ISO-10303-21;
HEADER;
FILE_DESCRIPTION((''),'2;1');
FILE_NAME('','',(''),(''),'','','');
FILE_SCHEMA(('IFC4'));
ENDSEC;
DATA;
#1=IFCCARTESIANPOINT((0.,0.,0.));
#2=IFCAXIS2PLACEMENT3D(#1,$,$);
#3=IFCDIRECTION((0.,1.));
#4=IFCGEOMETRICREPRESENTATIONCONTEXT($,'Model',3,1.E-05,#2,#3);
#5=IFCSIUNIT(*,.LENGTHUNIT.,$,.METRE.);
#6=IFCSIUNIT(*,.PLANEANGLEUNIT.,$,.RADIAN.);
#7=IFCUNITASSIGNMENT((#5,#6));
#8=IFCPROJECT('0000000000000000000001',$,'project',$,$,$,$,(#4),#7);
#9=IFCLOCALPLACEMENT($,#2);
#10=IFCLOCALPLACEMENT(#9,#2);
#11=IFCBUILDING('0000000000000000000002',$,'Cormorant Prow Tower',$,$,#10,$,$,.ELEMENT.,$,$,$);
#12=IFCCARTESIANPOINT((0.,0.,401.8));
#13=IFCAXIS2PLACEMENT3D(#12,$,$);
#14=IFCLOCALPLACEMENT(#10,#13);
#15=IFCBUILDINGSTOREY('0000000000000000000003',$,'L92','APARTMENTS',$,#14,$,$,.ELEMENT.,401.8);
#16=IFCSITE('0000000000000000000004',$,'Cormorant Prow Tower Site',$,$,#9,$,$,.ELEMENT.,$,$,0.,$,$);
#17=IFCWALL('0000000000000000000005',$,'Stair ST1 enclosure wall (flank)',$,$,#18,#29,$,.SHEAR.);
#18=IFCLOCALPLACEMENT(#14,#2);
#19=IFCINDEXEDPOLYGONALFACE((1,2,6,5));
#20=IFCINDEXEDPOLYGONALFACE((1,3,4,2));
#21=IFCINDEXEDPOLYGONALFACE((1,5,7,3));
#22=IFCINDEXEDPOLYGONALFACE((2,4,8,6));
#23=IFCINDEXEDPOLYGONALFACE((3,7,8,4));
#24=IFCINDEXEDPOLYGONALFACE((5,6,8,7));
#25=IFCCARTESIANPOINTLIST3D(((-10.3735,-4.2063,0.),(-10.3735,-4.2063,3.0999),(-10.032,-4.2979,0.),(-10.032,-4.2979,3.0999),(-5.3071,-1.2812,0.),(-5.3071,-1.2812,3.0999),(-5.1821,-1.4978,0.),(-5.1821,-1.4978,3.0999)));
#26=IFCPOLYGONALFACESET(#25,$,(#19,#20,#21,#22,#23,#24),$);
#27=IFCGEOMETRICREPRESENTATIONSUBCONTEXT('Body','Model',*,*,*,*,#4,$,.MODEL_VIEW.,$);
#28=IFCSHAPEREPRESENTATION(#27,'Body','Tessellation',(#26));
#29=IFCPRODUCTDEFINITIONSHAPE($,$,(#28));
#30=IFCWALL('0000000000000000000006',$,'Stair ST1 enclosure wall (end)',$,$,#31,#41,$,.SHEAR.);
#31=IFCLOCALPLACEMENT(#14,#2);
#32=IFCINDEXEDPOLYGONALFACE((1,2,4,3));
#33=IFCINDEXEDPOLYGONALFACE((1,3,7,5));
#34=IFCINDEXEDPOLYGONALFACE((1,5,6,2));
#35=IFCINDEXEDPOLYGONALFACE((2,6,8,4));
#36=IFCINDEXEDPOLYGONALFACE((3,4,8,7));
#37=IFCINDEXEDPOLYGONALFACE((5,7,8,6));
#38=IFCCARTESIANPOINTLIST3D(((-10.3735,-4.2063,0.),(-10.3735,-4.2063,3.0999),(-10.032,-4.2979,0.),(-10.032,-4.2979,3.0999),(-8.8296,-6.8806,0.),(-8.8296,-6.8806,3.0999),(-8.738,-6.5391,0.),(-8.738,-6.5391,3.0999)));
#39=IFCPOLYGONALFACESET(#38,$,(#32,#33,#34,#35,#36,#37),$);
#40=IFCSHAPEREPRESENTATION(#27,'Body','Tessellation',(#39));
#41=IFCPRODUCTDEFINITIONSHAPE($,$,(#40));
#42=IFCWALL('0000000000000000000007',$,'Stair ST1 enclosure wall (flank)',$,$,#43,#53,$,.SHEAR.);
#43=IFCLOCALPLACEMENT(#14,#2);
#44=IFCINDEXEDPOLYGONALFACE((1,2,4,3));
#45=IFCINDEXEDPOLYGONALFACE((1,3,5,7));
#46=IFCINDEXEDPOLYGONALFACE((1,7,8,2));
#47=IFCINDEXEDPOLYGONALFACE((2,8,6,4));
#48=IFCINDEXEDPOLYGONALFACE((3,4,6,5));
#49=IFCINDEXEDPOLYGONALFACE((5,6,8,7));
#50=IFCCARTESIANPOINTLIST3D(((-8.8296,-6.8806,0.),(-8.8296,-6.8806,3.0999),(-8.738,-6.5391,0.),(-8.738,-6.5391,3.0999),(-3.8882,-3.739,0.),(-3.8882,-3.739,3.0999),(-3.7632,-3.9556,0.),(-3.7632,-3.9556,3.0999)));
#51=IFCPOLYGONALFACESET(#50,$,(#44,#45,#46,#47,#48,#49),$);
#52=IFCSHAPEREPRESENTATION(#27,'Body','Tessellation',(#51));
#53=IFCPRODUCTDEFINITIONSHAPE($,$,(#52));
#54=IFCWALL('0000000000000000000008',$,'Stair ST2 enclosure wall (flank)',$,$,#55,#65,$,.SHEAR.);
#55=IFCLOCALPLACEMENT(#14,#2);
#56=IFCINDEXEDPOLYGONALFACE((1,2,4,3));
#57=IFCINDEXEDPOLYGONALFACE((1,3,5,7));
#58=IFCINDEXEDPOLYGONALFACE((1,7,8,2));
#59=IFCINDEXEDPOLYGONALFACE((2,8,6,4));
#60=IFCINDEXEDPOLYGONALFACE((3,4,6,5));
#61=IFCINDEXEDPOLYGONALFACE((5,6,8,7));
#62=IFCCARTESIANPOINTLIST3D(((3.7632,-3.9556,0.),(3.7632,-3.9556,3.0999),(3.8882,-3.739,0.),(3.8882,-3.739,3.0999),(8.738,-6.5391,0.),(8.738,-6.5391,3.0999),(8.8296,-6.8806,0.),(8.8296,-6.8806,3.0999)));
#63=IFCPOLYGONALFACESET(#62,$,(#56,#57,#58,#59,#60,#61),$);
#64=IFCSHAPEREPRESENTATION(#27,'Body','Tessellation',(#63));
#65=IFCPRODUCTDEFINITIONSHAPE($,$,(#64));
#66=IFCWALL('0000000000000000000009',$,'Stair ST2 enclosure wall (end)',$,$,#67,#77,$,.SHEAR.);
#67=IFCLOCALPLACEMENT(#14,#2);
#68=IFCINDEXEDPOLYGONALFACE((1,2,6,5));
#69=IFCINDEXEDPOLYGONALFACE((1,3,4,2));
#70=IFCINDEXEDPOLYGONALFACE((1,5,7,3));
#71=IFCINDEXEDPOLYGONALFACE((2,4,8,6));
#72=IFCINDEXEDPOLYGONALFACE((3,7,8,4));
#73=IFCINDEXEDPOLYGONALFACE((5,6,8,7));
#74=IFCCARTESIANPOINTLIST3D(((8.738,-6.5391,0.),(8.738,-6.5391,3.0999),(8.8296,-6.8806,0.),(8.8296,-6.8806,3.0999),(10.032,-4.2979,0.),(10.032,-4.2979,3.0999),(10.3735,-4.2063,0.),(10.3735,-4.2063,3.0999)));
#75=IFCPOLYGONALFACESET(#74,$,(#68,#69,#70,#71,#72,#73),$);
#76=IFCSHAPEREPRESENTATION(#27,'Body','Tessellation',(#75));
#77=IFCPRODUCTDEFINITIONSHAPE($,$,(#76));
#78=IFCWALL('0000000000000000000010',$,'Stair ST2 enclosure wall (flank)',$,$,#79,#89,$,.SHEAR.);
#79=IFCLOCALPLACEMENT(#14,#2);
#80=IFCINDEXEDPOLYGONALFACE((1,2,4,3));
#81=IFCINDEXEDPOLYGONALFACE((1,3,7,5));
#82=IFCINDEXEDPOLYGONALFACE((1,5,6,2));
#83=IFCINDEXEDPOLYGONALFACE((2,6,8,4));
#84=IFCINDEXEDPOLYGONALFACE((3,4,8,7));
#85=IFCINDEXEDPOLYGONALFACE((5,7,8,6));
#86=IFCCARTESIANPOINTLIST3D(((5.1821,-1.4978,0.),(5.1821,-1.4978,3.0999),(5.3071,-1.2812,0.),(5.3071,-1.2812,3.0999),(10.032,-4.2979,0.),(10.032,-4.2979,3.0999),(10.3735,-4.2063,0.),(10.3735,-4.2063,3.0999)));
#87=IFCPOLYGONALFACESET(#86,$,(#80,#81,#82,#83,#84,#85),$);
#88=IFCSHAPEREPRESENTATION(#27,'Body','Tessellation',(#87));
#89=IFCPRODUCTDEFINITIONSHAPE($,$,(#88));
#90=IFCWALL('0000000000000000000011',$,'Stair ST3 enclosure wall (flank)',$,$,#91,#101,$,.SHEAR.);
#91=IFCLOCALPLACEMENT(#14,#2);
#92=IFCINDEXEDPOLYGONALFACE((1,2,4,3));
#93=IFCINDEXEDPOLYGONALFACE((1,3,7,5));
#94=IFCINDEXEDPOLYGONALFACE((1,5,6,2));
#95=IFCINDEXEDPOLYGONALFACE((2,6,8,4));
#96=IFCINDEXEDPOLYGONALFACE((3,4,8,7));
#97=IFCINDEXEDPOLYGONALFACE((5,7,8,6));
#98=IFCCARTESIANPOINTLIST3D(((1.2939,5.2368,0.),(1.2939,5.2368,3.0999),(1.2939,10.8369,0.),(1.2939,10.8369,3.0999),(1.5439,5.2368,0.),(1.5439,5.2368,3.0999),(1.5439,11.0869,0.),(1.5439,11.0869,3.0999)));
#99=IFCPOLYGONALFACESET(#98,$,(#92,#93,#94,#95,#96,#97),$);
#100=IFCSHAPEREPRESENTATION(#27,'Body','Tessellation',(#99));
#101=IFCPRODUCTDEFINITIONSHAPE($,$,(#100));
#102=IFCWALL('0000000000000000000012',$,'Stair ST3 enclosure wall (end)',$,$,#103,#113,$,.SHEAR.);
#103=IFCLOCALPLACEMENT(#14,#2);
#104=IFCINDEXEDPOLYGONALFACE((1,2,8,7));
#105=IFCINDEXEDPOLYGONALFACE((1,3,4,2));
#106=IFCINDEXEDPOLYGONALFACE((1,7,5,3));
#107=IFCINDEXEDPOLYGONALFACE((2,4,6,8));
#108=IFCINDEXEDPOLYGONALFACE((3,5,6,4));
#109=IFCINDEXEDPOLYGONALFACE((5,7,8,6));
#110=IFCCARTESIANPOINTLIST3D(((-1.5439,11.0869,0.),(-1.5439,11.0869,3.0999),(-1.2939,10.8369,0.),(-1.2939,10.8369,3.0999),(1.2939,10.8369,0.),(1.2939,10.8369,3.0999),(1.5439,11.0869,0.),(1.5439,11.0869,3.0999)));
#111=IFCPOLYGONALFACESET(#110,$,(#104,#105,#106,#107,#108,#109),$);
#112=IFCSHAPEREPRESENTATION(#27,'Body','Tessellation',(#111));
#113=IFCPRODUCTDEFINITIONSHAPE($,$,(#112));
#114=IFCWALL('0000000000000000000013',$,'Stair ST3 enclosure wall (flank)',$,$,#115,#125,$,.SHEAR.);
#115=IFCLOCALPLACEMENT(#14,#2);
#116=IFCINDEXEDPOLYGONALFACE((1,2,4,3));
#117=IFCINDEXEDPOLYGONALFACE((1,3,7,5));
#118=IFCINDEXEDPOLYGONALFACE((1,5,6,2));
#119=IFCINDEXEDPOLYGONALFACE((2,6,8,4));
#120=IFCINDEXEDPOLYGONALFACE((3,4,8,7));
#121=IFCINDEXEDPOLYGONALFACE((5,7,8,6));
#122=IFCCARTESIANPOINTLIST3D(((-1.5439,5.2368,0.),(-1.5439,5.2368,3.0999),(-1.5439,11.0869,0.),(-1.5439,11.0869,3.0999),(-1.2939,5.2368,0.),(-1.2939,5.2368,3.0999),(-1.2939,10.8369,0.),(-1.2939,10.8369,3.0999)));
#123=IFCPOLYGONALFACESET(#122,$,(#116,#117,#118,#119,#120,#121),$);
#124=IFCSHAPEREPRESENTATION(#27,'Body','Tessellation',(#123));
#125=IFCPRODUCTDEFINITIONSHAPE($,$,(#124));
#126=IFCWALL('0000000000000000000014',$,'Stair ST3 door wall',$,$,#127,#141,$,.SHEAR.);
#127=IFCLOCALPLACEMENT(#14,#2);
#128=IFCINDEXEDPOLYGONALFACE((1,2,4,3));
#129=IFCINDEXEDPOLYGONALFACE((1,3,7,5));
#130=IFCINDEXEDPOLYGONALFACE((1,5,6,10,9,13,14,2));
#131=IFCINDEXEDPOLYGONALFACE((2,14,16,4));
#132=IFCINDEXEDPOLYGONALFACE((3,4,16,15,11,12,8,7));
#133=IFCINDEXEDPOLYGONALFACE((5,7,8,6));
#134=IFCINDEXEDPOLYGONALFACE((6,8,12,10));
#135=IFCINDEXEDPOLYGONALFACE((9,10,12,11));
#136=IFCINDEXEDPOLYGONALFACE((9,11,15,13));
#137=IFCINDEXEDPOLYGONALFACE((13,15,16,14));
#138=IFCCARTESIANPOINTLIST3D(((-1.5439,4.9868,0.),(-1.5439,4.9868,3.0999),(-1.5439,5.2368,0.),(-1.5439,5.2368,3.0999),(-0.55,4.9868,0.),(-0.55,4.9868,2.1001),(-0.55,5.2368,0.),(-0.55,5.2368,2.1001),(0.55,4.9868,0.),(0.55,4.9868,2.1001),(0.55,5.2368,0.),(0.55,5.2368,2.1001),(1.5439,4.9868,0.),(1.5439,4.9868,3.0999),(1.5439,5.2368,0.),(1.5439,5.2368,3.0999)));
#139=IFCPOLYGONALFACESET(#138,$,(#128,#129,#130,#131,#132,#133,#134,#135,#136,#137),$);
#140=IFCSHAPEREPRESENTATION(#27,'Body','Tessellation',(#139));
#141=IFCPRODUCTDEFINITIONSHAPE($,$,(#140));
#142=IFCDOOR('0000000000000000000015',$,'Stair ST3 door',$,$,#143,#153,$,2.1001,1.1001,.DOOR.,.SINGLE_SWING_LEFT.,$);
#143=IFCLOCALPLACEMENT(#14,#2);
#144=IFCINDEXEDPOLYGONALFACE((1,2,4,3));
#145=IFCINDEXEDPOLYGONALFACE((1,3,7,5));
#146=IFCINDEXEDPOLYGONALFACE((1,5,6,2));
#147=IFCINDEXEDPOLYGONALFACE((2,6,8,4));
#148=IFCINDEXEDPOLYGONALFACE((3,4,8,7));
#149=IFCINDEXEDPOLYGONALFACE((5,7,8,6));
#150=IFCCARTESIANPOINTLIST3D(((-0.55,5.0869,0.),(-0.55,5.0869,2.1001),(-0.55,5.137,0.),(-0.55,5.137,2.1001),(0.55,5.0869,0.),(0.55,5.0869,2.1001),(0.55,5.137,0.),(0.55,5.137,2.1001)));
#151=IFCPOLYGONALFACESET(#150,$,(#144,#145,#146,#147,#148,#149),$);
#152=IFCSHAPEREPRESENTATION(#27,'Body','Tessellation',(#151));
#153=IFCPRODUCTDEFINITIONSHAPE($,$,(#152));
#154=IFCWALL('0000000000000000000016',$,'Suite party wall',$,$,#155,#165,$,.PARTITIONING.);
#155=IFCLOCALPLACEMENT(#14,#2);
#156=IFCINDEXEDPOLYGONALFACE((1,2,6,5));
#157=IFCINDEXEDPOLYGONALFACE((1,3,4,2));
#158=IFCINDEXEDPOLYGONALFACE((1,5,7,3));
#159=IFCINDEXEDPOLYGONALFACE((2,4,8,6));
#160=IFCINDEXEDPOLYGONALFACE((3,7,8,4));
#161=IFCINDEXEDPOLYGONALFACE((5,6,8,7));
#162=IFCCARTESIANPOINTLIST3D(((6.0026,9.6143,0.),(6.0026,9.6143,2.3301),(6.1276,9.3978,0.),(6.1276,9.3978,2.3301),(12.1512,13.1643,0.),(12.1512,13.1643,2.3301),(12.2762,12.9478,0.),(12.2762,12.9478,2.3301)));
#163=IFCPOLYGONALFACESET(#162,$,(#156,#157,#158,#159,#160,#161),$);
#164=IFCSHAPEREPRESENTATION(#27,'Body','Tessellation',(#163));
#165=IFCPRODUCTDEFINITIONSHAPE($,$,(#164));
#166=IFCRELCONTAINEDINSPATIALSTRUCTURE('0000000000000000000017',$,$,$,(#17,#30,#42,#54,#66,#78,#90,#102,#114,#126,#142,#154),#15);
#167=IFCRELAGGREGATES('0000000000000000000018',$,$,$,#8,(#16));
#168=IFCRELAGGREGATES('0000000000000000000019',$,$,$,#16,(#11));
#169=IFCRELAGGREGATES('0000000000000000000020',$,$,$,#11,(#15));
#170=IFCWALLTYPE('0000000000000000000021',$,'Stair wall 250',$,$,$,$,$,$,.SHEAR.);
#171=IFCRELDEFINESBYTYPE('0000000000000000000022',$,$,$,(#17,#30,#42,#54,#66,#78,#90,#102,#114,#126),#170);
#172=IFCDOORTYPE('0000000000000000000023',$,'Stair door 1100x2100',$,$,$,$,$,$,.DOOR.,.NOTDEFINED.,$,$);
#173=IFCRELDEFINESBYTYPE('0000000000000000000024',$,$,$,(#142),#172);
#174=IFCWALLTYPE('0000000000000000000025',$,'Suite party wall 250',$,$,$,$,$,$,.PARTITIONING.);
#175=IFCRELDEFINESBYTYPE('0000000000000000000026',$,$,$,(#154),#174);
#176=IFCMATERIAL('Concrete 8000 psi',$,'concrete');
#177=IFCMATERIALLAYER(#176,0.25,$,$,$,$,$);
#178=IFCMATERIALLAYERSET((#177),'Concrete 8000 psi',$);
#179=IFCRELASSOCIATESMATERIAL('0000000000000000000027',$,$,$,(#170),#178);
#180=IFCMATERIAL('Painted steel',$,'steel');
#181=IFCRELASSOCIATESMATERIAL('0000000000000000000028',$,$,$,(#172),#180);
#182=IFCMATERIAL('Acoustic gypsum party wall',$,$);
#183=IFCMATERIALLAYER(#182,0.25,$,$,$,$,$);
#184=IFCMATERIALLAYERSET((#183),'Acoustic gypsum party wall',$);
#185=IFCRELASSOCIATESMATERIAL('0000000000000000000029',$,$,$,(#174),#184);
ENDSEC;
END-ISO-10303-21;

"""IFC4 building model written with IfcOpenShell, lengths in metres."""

from ifc_helpers import new_model, si_unit, direction, frame, frame_2d, origin, place, context, subcontext, project, spatial, polyline, rectangle, outline, extrude, material, layer, layer_set, type_object, element, fill, save


model = new_model("IFC4")

# Units and contexts
model_context = context("Model", 3, precision=1e-05, world=origin(), true_north=direction((0.0, 1.0)))
body_context = subcontext(model_context, "Body", "Model", "MODEL_VIEW")
ifc_project = project(units=[si_unit("LENGTHUNIT", "METRE"), si_unit("PLANEANGLEUNIT", "RADIAN")], contexts=[model_context])

# Site, building, storey
site_placement = place(None, origin())
site = spatial("IfcSite", under=ifc_project, at=site_placement, Name="Cormorant Prow Tower Site", CompositionType="ELEMENT", RefElevation=0.0)
building_placement = place(site_placement, origin())
building = spatial("IfcBuilding", under=site, at=building_placement, Name="Cormorant Prow Tower", CompositionType="ELEMENT")
storey_placement = place(building_placement, frame((0.0, 0.0, 401.8)))
storey = spatial("IfcBuildingStorey", under=building, at=storey_placement, Name="L92", Description="APARTMENTS", CompositionType="ELEMENT", Elevation=401.8)

# Walls
ifc_material_1 = material(Name="Concrete 8000 psi", Category="concrete")
ifc_layer_1 = layer(ifc_material_1, 0.25)
ifc_layer_set_1 = layer_set([ifc_layer_1], Name="Concrete 8000 psi")
wall_type_1 = type_object("IfcWallType", Name="Stair wall 250", PredefinedType="SHEAR", material=ifc_layer_set_1)
wall_1_placement = place(storey_placement, origin())
element("IfcWall", 1, at=wall_1_placement, inside=storey, type_object=wall_type_1, Name="Stair ST1 enclosure wall (flank)", PredefinedType="SHEAR", context=body_context, shape_type="SweptSolid", body=[
    extrude(outline(polyline([(-5.3071, -1.2812), (-10.3735, -4.2063), (-10.032, -4.2979), (-5.1821, -1.4978), (-5.3071, -1.2812)])), origin(), (0.0, 0.0, 1.0), 3.0999),
])
wall_2_placement = place(storey_placement, origin())
element("IfcWall", 2, at=wall_2_placement, inside=storey, type_object=wall_type_1, Name="Stair ST1 enclosure wall (end)", PredefinedType="SHEAR", context=body_context, shape_type="SweptSolid", body=[
    extrude(outline(polyline([(-10.3735, -4.2063), (-8.8296, -6.8806), (-8.738, -6.5391), (-10.032, -4.2979), (-10.3735, -4.2063)])), origin(), (0.0, 0.0, 1.0), 3.0999),
])
wall_3_placement = place(storey_placement, origin())
element("IfcWall", 3, at=wall_3_placement, inside=storey, type_object=wall_type_1, Name="Stair ST1 enclosure wall (flank)", PredefinedType="SHEAR", context=body_context, shape_type="SweptSolid", body=[
    extrude(outline(polyline([(-8.738, -6.5391), (-8.8296, -6.8806), (-3.7632, -3.9556), (-3.8882, -3.739), (-8.738, -6.5391)])), origin(), (0.0, 0.0, 1.0), 3.0999),
])
wall_4_placement = place(storey_placement, origin())
element("IfcWall", 4, at=wall_4_placement, inside=storey, type_object=wall_type_1, Name="Stair ST2 enclosure wall (flank)", PredefinedType="SHEAR", context=body_context, shape_type="SweptSolid", body=[
    extrude(outline(polyline([(3.7632, -3.9556), (8.8296, -6.8806), (8.738, -6.5391), (3.8882, -3.739), (3.7632, -3.9556)])), origin(), (0.0, 0.0, 1.0), 3.0999),
])
wall_5_placement = place(storey_placement, origin())
element("IfcWall", 5, at=wall_5_placement, inside=storey, type_object=wall_type_1, Name="Stair ST2 enclosure wall (end)", PredefinedType="SHEAR", context=body_context, shape_type="SweptSolid", body=[
    extrude(outline(polyline([(8.8296, -6.8806), (10.3735, -4.2063), (10.032, -4.2979), (8.738, -6.5391), (8.8296, -6.8806)])), origin(), (0.0, 0.0, 1.0), 3.0999),
])
wall_6_placement = place(storey_placement, origin())
element("IfcWall", 6, at=wall_6_placement, inside=storey, type_object=wall_type_1, Name="Stair ST2 enclosure wall (flank)", PredefinedType="SHEAR", context=body_context, shape_type="SweptSolid", body=[
    extrude(outline(polyline([(10.032, -4.2979), (10.3735, -4.2063), (5.3071, -1.2812), (5.1821, -1.4978), (10.032, -4.2979)])), origin(), (0.0, 0.0, 1.0), 3.0999),
])
wall_7_placement = place(storey_placement, origin())
element("IfcWall", 7, at=wall_7_placement, inside=storey, type_object=wall_type_1, Name="Stair ST3 enclosure wall (flank)", PredefinedType="SHEAR", context=body_context, shape_type="SweptSolid", body=[
    extrude(outline(polyline([(1.5439, 5.2368), (1.5439, 11.0869), (1.2939, 10.8369), (1.2939, 5.2368), (1.5439, 5.2368)])), origin(), (0.0, 0.0, 1.0), 3.0999),
])
wall_8_placement = place(storey_placement, origin())
element("IfcWall", 8, at=wall_8_placement, inside=storey, type_object=wall_type_1, Name="Stair ST3 enclosure wall (end)", PredefinedType="SHEAR", context=body_context, shape_type="SweptSolid", body=[
    extrude(outline(polyline([(1.5439, 11.0869), (-1.5439, 11.0869), (-1.2939, 10.8369), (1.2939, 10.8369), (1.5439, 11.0869)])), origin(), (0.0, 0.0, 1.0), 3.0999),
])
wall_9_placement = place(storey_placement, origin())
element("IfcWall", 9, at=wall_9_placement, inside=storey, type_object=wall_type_1, Name="Stair ST3 enclosure wall (flank)", PredefinedType="SHEAR", context=body_context, shape_type="SweptSolid", body=[
    extrude(outline(polyline([(-1.2939, 10.8369), (-1.5439, 11.0869), (-1.5439, 5.2368), (-1.2939, 5.2368), (-1.2939, 10.8369)])), origin(), (0.0, 0.0, 1.0), 3.0999),
])

# Wall, opening, door
wall_10_placement = place(storey_placement, frame((1.5439, 5.1118, 0.0), z_axis=(0.0, 0.0, 1.0), x_axis=(-1.0, 0.0, 0.0)))
wall_10 = element("IfcWall", 10, at=wall_10_placement, inside=storey, type_object=wall_type_1, Name="Stair ST3 door wall", PredefinedType="SHEAR", context=body_context, shape_type="SweptSolid", body=[
    extrude(rectangle(XDim=3.0879, YDim=0.25, at=frame_2d((1.5439, 0.0))), origin(), (0.0, 0.0, 1.0), 3.0999),
])
opening_placement = place(wall_10_placement, frame((0.9939, 0.0, 0.0)))
opening = element("IfcOpeningElement", 11, at=opening_placement, cuts=wall_10, PredefinedType="OPENING", context=body_context, shape_type="SweptSolid", body=[
    extrude(rectangle(XDim=1.1001, YDim=2.1001, at=frame_2d((0.55, 1.05))), frame((0.0, 0.135, 0.0), z_axis=(0.0, -1.0, 0.0), x_axis=(1.0, 0.0, 0.0)), (0.0, 0.0, 1.0), 0.27),
])
ifc_material_2 = material(Name="Painted steel", Category="steel")
door_type = type_object("IfcDoorType", Name="Stair door 1100x2100", OperationType="NOTDEFINED", PredefinedType="DOOR", material=ifc_material_2)
door_placement = place(opening_placement, origin())
door = element("IfcDoor", 12, at=door_placement, inside=storey, type_object=door_type, Name="Stair ST3 door", OperationType="SINGLE_SWING_LEFT", OverallHeight=2.1001, OverallWidth=1.1001, PredefinedType="DOOR", context=body_context, shape_type="SweptSolid", body=[
    extrude(rectangle(XDim=1.1001, YDim=2.1001, at=frame_2d((0.55, 1.05))), frame((0.0, 0.0249, 0.0), z_axis=(0.0, -1.0, 0.0), x_axis=(1.0, 0.0, 0.0)), (0.0, 0.0, 1.0), 0.05),
])
fill(opening, door)

# Wall
ifc_material_3 = material(Name="Acoustic gypsum party wall")
ifc_layer_2 = layer(ifc_material_3, 0.25)
ifc_layer_set_2 = layer_set([ifc_layer_2], Name="Acoustic gypsum party wall")
wall_type_2 = type_object("IfcWallType", Name="Suite party wall 250", PredefinedType="PARTITIONING", material=ifc_layer_set_2)
wall_11_placement = place(storey_placement, frame((6.0652, 9.5061, 0.0), z_axis=(0.0, 0.0, 1.0), x_axis=(0.866019, 0.500011, 0.0)))
element("IfcWall", 13, at=wall_11_placement, inside=storey, type_object=wall_type_2, Name="Suite party wall", PredefinedType="PARTITIONING", context=body_context, shape_type="SweptSolid", body=[
    extrude(rectangle(XDim=7.0999, YDim=0.25, at=frame_2d((3.5498, 0.0))), origin(), (0.0, 0.0, 1.0), 2.3301),
])

save(model, "model.ifc")
